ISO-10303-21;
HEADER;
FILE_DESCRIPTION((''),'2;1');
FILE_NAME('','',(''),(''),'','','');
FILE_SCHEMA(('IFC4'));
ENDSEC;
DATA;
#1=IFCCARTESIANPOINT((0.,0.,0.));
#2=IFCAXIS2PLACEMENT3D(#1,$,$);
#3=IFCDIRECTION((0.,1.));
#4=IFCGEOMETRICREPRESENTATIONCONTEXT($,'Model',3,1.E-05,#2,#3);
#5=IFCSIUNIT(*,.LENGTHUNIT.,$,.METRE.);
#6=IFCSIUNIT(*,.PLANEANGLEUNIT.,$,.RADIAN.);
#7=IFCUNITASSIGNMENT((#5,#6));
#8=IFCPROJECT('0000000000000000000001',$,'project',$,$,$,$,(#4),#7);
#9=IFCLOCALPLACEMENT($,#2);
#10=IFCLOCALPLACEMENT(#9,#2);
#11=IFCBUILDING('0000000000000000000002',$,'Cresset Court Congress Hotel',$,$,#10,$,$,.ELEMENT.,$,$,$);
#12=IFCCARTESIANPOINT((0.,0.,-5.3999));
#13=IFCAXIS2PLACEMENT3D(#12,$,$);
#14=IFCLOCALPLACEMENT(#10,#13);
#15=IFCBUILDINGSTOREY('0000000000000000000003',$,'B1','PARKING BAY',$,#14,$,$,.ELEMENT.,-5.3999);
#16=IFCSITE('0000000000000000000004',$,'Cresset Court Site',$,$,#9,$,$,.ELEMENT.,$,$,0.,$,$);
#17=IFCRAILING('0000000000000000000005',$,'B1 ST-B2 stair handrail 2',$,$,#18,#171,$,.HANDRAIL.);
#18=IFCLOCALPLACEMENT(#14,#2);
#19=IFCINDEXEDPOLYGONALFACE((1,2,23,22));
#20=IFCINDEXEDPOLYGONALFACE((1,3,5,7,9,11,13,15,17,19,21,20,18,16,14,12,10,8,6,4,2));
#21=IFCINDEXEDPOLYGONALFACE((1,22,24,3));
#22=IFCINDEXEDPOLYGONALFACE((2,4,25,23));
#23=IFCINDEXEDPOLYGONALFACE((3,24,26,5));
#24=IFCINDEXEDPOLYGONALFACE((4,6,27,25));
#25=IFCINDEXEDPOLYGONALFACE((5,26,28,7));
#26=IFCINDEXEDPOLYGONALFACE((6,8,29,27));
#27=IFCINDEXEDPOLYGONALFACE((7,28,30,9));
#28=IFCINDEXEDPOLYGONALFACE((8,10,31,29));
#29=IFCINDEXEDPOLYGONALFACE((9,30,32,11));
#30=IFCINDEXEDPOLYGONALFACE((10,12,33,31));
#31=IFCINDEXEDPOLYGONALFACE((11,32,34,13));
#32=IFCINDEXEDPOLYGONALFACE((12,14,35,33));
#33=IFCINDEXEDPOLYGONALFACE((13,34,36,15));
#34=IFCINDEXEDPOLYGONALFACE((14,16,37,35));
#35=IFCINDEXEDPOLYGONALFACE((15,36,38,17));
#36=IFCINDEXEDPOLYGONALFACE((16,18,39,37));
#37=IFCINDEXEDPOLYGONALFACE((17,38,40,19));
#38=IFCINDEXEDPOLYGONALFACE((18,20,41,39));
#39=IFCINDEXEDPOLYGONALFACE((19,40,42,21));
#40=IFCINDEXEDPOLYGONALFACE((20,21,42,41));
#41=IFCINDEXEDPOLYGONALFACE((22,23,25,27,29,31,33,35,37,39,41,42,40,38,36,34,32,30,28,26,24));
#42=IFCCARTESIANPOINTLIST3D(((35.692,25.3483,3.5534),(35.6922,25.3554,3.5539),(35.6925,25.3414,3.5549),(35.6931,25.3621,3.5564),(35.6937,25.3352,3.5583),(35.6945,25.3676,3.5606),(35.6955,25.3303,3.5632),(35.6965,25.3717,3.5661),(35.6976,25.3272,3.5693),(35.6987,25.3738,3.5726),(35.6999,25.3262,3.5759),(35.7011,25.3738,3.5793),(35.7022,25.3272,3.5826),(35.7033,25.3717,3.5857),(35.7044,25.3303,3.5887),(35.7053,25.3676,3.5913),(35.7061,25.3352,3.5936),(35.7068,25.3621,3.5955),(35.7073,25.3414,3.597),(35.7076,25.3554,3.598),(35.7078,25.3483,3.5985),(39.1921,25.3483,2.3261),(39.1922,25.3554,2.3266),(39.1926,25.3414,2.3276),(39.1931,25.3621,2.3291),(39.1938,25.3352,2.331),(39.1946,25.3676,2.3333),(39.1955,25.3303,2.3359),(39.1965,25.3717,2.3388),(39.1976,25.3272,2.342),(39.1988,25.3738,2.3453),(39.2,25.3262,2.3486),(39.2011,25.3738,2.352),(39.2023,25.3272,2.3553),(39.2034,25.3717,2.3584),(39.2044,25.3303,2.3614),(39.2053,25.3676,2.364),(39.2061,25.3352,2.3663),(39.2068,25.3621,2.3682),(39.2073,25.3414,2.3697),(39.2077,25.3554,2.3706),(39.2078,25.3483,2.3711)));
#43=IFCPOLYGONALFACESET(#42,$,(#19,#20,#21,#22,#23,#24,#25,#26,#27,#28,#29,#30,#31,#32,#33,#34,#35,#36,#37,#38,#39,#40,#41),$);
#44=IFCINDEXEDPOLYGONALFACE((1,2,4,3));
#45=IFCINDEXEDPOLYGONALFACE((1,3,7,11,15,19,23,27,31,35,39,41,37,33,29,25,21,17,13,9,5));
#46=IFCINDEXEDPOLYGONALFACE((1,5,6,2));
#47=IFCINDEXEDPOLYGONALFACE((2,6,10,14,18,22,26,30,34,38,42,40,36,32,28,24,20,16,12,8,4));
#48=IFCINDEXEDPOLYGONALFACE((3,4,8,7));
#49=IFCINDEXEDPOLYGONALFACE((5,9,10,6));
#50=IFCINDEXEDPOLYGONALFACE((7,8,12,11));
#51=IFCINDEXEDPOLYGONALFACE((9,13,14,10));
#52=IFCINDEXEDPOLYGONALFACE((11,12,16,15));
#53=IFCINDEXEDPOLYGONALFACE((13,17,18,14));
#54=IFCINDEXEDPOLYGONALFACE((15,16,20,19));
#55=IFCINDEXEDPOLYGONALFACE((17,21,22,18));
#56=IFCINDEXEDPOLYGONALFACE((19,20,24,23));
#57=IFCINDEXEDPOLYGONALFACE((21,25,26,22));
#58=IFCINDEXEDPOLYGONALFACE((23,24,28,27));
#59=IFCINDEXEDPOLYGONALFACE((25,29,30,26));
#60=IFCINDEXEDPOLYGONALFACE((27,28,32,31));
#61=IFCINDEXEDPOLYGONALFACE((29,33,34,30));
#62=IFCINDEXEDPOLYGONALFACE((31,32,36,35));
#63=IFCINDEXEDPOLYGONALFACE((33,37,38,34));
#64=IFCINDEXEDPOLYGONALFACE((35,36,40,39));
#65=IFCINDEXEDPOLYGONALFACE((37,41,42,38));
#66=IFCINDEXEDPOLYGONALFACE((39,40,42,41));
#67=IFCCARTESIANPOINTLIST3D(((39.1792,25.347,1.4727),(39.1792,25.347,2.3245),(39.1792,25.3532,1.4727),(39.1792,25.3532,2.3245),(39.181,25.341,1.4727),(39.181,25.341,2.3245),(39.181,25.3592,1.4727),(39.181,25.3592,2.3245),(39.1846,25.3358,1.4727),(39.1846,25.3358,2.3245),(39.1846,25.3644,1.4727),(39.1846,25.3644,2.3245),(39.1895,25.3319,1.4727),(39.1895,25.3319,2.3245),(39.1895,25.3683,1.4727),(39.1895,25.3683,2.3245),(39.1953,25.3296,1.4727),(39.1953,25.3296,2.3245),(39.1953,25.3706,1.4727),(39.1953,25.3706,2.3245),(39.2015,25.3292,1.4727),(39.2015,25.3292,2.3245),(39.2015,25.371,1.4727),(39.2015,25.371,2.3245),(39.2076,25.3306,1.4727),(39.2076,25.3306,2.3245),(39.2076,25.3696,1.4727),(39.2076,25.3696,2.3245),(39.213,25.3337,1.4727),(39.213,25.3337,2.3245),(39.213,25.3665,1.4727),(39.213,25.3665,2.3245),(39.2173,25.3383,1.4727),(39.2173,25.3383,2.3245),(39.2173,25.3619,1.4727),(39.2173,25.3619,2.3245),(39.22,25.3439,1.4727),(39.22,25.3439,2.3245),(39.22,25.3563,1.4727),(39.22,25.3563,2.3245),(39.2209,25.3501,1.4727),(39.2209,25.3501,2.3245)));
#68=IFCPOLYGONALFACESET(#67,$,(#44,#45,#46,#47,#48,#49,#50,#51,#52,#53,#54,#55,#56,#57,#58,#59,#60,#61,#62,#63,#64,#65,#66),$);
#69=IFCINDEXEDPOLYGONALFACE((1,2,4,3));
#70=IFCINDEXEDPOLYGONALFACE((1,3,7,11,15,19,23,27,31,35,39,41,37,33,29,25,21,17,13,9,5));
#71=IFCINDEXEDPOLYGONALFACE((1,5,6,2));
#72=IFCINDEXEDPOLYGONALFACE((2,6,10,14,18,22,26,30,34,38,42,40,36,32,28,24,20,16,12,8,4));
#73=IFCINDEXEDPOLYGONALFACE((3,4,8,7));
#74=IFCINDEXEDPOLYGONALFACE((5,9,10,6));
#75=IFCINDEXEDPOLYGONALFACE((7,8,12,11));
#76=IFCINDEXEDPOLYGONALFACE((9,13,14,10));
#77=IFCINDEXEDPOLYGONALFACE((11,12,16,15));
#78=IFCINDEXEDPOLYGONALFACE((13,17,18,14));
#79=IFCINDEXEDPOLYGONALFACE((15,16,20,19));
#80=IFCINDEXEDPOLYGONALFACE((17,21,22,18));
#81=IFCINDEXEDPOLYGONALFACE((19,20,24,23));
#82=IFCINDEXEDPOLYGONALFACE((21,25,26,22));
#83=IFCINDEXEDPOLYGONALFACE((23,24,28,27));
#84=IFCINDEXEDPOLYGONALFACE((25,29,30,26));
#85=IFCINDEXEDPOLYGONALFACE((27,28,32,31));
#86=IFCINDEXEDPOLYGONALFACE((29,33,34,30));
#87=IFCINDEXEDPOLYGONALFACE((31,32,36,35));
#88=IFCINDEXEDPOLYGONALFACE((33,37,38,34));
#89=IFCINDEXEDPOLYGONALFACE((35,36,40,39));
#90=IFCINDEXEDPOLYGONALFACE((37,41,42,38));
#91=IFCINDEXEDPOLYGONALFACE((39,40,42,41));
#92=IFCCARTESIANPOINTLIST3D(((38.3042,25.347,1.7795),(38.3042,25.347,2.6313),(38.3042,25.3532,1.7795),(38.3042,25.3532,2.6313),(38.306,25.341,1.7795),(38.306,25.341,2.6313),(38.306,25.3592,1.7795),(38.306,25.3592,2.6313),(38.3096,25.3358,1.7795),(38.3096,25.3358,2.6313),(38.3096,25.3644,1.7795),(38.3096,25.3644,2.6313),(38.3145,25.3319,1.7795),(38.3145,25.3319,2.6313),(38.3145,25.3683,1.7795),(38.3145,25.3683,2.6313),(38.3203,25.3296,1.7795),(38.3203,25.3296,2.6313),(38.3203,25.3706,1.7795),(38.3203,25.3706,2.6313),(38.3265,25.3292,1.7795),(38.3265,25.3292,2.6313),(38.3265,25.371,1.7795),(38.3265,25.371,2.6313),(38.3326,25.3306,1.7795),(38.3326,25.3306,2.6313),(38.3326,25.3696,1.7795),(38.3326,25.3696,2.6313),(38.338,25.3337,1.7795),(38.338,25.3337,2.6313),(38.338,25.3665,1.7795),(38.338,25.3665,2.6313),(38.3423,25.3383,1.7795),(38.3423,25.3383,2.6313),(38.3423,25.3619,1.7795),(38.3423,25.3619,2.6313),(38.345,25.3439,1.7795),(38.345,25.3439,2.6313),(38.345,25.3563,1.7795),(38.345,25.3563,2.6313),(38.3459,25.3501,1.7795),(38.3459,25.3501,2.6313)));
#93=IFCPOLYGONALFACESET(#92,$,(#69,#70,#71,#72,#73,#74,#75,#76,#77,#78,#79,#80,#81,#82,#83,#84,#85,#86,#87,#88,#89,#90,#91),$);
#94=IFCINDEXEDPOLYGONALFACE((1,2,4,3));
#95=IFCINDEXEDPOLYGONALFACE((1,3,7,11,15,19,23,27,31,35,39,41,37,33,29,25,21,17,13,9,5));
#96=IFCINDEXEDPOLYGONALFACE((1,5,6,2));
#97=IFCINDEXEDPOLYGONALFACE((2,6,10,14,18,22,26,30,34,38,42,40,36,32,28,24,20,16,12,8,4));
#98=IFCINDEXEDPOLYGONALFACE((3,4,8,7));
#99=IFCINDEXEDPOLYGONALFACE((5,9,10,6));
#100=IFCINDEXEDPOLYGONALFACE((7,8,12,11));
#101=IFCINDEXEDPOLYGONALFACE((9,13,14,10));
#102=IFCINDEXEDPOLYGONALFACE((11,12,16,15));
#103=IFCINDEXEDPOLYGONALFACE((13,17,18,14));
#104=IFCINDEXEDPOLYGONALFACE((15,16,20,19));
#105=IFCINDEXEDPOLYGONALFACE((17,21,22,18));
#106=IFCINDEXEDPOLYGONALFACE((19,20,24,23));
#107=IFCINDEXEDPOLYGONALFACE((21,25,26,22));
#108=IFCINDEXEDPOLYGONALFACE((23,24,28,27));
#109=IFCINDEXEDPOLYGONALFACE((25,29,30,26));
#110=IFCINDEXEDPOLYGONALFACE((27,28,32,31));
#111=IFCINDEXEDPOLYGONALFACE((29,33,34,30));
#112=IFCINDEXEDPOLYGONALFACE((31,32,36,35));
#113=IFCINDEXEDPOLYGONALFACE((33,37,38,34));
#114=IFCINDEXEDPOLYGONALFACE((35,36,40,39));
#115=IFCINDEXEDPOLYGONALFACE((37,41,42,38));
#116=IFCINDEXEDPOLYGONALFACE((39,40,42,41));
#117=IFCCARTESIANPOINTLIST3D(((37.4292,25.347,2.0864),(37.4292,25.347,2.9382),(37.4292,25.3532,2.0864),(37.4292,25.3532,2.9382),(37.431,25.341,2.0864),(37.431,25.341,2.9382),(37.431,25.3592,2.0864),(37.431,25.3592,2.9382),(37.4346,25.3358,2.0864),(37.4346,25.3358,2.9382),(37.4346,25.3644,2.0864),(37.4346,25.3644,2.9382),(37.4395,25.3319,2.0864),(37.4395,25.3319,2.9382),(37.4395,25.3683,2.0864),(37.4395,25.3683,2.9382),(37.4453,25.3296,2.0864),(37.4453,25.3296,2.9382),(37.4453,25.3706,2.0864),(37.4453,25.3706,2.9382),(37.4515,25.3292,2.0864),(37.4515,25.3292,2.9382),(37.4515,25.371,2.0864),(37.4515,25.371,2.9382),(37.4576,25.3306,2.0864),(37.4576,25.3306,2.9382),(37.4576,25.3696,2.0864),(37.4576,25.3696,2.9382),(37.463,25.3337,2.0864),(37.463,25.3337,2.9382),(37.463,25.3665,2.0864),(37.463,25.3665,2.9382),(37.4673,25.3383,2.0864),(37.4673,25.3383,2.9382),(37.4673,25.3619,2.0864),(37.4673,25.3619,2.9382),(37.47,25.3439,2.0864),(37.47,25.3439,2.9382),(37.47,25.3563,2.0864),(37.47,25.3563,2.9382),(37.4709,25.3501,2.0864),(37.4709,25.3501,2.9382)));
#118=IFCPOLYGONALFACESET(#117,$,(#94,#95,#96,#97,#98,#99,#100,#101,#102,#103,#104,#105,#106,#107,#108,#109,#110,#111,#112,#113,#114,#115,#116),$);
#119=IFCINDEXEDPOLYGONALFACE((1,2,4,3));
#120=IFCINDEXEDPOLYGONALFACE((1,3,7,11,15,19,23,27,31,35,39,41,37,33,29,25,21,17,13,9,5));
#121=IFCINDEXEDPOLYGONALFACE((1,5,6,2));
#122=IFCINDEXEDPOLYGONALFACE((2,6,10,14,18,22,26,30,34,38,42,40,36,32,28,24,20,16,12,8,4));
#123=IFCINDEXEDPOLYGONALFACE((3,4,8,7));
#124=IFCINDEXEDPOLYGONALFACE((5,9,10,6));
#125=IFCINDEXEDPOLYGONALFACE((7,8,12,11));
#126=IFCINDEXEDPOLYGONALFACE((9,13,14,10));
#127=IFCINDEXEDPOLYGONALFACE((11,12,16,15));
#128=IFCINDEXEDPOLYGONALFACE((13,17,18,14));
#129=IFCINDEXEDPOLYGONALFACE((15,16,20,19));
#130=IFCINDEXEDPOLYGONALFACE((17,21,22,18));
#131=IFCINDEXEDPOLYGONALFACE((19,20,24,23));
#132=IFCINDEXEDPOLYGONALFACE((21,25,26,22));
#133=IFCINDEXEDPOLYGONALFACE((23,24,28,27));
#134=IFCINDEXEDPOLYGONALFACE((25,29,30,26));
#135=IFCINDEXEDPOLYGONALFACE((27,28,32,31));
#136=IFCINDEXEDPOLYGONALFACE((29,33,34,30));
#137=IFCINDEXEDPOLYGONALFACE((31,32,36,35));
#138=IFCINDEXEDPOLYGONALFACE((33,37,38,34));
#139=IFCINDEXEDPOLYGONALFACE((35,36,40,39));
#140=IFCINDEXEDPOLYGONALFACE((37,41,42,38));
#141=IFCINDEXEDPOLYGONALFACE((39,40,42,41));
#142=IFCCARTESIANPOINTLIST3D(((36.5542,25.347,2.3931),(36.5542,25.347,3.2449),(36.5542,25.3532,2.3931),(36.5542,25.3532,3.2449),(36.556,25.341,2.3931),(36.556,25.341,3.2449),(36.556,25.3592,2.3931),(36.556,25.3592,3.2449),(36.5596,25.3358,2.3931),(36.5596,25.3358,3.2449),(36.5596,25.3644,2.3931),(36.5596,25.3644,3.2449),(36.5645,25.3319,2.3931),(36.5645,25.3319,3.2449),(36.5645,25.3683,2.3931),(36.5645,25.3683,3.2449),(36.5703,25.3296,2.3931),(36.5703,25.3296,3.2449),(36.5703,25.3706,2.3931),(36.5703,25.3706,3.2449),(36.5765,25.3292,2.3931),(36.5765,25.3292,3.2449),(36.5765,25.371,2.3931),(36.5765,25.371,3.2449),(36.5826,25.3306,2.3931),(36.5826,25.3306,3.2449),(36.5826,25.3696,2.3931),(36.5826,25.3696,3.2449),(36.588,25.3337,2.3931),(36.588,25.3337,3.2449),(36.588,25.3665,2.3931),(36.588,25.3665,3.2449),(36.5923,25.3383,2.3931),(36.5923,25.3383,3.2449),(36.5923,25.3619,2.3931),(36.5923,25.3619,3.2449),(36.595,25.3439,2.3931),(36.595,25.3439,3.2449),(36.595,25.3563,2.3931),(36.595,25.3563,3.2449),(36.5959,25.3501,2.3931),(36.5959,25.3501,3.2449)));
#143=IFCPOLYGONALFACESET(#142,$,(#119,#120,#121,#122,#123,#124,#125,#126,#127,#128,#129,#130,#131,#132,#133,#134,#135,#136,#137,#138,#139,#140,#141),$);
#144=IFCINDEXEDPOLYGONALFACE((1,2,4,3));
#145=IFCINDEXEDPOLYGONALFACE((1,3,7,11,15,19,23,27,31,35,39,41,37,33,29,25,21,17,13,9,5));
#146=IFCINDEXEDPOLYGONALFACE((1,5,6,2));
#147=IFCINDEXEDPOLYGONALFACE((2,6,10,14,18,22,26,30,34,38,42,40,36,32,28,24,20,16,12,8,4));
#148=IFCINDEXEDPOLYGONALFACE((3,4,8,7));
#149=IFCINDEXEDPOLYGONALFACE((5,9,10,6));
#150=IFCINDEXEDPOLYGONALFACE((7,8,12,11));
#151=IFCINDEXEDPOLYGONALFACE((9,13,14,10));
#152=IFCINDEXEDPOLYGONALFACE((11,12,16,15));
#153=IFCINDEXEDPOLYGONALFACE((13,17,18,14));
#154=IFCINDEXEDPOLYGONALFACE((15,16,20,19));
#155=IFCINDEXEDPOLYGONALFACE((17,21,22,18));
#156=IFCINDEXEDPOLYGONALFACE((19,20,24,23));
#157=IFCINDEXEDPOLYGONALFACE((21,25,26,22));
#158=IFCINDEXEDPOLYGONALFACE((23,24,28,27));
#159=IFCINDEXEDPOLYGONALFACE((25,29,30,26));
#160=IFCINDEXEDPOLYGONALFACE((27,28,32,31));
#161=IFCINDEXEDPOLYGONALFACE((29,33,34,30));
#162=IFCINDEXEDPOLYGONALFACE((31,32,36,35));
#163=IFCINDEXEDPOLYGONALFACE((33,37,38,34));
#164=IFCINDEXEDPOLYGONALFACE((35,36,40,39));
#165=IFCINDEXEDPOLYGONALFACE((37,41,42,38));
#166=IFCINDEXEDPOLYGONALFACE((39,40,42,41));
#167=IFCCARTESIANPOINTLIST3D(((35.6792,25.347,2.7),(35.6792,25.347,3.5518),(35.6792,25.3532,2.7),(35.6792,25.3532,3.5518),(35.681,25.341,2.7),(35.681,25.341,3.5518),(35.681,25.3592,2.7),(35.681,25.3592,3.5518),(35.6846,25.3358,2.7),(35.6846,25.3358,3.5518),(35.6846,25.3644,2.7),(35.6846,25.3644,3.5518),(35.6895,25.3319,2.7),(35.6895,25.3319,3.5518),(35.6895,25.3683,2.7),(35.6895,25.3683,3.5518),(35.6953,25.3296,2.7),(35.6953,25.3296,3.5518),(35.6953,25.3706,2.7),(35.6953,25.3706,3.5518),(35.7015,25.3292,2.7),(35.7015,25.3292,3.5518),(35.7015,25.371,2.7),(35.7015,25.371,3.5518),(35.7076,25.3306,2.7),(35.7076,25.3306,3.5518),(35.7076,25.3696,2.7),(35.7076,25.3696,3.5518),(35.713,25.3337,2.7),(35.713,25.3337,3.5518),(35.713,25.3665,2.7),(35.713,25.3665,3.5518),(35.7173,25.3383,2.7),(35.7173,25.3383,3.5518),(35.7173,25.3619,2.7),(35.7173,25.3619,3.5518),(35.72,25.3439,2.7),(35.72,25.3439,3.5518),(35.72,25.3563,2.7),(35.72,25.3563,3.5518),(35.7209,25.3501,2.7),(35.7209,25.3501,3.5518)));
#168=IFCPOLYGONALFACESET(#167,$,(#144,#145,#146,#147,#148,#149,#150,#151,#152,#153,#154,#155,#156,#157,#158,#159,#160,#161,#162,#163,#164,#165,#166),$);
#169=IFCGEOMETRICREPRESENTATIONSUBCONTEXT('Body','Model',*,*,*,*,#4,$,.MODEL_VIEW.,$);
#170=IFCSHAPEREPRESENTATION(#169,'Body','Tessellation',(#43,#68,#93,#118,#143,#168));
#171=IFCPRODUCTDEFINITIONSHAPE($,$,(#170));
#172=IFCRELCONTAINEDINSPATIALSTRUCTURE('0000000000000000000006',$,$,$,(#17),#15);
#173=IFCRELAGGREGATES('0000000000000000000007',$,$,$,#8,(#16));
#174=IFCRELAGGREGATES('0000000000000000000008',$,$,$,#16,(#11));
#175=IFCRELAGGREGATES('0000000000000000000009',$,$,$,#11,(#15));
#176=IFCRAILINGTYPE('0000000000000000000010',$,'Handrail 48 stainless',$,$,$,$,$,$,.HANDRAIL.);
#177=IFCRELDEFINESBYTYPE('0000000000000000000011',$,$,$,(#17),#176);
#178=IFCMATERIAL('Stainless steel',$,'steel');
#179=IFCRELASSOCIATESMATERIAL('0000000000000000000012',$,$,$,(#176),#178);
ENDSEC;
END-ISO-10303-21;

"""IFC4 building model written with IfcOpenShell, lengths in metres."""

from ifc_helpers import new_model, si_unit, direction, frame, origin, origin_2d, place, context, subcontext, project, spatial, circle, extrude, material, type_object, element, save


model = new_model("IFC4")

# Units and contexts
model_context = context("Model", 3, precision=1e-05, world=origin(), true_north=direction((0.0, 1.0)))
body_context = subcontext(model_context, "Body", "Model", "MODEL_VIEW")
ifc_project = project(units=[si_unit("LENGTHUNIT", "METRE"), si_unit("PLANEANGLEUNIT", "RADIAN")], contexts=[model_context])

# Site, building, storey
site_placement = place(None, origin())
site = spatial("IfcSite", under=ifc_project, at=site_placement, Name="Cresset Court Site", CompositionType="ELEMENT", RefElevation=0.0)
building_placement = place(site_placement, origin())
building = spatial("IfcBuilding", under=site, at=building_placement, Name="Cresset Court Congress Hotel", CompositionType="ELEMENT")
storey_placement = place(building_placement, frame((0.0, 0.0, -5.3999)))
storey = spatial("IfcBuildingStorey", under=building, at=storey_placement, Name="B1", Description="PARKING BAY", CompositionType="ELEMENT", Elevation=-5.3999)

# Railing
ifc_material_1 = material(Name="Stainless steel", Category="steel")
railing_type_1 = type_object("IfcRailingType", Name="Handrail 48 stainless", PredefinedType="HANDRAIL", material=ifc_material_1)
railing_1_placement = place(storey_placement, frame((39.2, 25.3501, 1.4727)))
element("IfcRailing", 1, at=railing_1_placement, inside=storey, type_object=railing_type_1, Name="B1 ST-B2 stair handrail 2", PredefinedType="HANDRAIL", context=body_context, shape_type="SweptSolid", body=[
    extrude(circle(Radius=0.0239, at=origin_2d()), frame((0.0, 0.0, 0.876), z_axis=(-0.943665, 0.0, 0.330902), x_axis=(0.0, -1.0, 0.0)), (0.0, 0.0, 1.0), 3.709),
    extrude(circle(Radius=0.021, at=origin_2d()), origin(), (0.0, 0.0, 1.0), 0.8518),
    extrude(circle(Radius=0.021, at=origin_2d()), frame((-0.875, 0.0, 0.3069)), (0.0, 0.0, 1.0), 0.8518),
    extrude(circle(Radius=0.021, at=origin_2d()), frame((-1.75, 0.0, 0.6138)), (0.0, 0.0, 1.0), 0.8518),
    extrude(circle(Radius=0.021, at=origin_2d()), frame((-2.625, 0.0, 0.9204)), (0.0, 0.0, 1.0), 0.8518),
    extrude(circle(Radius=0.021, at=origin_2d()), frame((-3.5, 0.0, 1.2273)), (0.0, 0.0, 1.0), 0.8518),
])

save(model, "model.ifc")
